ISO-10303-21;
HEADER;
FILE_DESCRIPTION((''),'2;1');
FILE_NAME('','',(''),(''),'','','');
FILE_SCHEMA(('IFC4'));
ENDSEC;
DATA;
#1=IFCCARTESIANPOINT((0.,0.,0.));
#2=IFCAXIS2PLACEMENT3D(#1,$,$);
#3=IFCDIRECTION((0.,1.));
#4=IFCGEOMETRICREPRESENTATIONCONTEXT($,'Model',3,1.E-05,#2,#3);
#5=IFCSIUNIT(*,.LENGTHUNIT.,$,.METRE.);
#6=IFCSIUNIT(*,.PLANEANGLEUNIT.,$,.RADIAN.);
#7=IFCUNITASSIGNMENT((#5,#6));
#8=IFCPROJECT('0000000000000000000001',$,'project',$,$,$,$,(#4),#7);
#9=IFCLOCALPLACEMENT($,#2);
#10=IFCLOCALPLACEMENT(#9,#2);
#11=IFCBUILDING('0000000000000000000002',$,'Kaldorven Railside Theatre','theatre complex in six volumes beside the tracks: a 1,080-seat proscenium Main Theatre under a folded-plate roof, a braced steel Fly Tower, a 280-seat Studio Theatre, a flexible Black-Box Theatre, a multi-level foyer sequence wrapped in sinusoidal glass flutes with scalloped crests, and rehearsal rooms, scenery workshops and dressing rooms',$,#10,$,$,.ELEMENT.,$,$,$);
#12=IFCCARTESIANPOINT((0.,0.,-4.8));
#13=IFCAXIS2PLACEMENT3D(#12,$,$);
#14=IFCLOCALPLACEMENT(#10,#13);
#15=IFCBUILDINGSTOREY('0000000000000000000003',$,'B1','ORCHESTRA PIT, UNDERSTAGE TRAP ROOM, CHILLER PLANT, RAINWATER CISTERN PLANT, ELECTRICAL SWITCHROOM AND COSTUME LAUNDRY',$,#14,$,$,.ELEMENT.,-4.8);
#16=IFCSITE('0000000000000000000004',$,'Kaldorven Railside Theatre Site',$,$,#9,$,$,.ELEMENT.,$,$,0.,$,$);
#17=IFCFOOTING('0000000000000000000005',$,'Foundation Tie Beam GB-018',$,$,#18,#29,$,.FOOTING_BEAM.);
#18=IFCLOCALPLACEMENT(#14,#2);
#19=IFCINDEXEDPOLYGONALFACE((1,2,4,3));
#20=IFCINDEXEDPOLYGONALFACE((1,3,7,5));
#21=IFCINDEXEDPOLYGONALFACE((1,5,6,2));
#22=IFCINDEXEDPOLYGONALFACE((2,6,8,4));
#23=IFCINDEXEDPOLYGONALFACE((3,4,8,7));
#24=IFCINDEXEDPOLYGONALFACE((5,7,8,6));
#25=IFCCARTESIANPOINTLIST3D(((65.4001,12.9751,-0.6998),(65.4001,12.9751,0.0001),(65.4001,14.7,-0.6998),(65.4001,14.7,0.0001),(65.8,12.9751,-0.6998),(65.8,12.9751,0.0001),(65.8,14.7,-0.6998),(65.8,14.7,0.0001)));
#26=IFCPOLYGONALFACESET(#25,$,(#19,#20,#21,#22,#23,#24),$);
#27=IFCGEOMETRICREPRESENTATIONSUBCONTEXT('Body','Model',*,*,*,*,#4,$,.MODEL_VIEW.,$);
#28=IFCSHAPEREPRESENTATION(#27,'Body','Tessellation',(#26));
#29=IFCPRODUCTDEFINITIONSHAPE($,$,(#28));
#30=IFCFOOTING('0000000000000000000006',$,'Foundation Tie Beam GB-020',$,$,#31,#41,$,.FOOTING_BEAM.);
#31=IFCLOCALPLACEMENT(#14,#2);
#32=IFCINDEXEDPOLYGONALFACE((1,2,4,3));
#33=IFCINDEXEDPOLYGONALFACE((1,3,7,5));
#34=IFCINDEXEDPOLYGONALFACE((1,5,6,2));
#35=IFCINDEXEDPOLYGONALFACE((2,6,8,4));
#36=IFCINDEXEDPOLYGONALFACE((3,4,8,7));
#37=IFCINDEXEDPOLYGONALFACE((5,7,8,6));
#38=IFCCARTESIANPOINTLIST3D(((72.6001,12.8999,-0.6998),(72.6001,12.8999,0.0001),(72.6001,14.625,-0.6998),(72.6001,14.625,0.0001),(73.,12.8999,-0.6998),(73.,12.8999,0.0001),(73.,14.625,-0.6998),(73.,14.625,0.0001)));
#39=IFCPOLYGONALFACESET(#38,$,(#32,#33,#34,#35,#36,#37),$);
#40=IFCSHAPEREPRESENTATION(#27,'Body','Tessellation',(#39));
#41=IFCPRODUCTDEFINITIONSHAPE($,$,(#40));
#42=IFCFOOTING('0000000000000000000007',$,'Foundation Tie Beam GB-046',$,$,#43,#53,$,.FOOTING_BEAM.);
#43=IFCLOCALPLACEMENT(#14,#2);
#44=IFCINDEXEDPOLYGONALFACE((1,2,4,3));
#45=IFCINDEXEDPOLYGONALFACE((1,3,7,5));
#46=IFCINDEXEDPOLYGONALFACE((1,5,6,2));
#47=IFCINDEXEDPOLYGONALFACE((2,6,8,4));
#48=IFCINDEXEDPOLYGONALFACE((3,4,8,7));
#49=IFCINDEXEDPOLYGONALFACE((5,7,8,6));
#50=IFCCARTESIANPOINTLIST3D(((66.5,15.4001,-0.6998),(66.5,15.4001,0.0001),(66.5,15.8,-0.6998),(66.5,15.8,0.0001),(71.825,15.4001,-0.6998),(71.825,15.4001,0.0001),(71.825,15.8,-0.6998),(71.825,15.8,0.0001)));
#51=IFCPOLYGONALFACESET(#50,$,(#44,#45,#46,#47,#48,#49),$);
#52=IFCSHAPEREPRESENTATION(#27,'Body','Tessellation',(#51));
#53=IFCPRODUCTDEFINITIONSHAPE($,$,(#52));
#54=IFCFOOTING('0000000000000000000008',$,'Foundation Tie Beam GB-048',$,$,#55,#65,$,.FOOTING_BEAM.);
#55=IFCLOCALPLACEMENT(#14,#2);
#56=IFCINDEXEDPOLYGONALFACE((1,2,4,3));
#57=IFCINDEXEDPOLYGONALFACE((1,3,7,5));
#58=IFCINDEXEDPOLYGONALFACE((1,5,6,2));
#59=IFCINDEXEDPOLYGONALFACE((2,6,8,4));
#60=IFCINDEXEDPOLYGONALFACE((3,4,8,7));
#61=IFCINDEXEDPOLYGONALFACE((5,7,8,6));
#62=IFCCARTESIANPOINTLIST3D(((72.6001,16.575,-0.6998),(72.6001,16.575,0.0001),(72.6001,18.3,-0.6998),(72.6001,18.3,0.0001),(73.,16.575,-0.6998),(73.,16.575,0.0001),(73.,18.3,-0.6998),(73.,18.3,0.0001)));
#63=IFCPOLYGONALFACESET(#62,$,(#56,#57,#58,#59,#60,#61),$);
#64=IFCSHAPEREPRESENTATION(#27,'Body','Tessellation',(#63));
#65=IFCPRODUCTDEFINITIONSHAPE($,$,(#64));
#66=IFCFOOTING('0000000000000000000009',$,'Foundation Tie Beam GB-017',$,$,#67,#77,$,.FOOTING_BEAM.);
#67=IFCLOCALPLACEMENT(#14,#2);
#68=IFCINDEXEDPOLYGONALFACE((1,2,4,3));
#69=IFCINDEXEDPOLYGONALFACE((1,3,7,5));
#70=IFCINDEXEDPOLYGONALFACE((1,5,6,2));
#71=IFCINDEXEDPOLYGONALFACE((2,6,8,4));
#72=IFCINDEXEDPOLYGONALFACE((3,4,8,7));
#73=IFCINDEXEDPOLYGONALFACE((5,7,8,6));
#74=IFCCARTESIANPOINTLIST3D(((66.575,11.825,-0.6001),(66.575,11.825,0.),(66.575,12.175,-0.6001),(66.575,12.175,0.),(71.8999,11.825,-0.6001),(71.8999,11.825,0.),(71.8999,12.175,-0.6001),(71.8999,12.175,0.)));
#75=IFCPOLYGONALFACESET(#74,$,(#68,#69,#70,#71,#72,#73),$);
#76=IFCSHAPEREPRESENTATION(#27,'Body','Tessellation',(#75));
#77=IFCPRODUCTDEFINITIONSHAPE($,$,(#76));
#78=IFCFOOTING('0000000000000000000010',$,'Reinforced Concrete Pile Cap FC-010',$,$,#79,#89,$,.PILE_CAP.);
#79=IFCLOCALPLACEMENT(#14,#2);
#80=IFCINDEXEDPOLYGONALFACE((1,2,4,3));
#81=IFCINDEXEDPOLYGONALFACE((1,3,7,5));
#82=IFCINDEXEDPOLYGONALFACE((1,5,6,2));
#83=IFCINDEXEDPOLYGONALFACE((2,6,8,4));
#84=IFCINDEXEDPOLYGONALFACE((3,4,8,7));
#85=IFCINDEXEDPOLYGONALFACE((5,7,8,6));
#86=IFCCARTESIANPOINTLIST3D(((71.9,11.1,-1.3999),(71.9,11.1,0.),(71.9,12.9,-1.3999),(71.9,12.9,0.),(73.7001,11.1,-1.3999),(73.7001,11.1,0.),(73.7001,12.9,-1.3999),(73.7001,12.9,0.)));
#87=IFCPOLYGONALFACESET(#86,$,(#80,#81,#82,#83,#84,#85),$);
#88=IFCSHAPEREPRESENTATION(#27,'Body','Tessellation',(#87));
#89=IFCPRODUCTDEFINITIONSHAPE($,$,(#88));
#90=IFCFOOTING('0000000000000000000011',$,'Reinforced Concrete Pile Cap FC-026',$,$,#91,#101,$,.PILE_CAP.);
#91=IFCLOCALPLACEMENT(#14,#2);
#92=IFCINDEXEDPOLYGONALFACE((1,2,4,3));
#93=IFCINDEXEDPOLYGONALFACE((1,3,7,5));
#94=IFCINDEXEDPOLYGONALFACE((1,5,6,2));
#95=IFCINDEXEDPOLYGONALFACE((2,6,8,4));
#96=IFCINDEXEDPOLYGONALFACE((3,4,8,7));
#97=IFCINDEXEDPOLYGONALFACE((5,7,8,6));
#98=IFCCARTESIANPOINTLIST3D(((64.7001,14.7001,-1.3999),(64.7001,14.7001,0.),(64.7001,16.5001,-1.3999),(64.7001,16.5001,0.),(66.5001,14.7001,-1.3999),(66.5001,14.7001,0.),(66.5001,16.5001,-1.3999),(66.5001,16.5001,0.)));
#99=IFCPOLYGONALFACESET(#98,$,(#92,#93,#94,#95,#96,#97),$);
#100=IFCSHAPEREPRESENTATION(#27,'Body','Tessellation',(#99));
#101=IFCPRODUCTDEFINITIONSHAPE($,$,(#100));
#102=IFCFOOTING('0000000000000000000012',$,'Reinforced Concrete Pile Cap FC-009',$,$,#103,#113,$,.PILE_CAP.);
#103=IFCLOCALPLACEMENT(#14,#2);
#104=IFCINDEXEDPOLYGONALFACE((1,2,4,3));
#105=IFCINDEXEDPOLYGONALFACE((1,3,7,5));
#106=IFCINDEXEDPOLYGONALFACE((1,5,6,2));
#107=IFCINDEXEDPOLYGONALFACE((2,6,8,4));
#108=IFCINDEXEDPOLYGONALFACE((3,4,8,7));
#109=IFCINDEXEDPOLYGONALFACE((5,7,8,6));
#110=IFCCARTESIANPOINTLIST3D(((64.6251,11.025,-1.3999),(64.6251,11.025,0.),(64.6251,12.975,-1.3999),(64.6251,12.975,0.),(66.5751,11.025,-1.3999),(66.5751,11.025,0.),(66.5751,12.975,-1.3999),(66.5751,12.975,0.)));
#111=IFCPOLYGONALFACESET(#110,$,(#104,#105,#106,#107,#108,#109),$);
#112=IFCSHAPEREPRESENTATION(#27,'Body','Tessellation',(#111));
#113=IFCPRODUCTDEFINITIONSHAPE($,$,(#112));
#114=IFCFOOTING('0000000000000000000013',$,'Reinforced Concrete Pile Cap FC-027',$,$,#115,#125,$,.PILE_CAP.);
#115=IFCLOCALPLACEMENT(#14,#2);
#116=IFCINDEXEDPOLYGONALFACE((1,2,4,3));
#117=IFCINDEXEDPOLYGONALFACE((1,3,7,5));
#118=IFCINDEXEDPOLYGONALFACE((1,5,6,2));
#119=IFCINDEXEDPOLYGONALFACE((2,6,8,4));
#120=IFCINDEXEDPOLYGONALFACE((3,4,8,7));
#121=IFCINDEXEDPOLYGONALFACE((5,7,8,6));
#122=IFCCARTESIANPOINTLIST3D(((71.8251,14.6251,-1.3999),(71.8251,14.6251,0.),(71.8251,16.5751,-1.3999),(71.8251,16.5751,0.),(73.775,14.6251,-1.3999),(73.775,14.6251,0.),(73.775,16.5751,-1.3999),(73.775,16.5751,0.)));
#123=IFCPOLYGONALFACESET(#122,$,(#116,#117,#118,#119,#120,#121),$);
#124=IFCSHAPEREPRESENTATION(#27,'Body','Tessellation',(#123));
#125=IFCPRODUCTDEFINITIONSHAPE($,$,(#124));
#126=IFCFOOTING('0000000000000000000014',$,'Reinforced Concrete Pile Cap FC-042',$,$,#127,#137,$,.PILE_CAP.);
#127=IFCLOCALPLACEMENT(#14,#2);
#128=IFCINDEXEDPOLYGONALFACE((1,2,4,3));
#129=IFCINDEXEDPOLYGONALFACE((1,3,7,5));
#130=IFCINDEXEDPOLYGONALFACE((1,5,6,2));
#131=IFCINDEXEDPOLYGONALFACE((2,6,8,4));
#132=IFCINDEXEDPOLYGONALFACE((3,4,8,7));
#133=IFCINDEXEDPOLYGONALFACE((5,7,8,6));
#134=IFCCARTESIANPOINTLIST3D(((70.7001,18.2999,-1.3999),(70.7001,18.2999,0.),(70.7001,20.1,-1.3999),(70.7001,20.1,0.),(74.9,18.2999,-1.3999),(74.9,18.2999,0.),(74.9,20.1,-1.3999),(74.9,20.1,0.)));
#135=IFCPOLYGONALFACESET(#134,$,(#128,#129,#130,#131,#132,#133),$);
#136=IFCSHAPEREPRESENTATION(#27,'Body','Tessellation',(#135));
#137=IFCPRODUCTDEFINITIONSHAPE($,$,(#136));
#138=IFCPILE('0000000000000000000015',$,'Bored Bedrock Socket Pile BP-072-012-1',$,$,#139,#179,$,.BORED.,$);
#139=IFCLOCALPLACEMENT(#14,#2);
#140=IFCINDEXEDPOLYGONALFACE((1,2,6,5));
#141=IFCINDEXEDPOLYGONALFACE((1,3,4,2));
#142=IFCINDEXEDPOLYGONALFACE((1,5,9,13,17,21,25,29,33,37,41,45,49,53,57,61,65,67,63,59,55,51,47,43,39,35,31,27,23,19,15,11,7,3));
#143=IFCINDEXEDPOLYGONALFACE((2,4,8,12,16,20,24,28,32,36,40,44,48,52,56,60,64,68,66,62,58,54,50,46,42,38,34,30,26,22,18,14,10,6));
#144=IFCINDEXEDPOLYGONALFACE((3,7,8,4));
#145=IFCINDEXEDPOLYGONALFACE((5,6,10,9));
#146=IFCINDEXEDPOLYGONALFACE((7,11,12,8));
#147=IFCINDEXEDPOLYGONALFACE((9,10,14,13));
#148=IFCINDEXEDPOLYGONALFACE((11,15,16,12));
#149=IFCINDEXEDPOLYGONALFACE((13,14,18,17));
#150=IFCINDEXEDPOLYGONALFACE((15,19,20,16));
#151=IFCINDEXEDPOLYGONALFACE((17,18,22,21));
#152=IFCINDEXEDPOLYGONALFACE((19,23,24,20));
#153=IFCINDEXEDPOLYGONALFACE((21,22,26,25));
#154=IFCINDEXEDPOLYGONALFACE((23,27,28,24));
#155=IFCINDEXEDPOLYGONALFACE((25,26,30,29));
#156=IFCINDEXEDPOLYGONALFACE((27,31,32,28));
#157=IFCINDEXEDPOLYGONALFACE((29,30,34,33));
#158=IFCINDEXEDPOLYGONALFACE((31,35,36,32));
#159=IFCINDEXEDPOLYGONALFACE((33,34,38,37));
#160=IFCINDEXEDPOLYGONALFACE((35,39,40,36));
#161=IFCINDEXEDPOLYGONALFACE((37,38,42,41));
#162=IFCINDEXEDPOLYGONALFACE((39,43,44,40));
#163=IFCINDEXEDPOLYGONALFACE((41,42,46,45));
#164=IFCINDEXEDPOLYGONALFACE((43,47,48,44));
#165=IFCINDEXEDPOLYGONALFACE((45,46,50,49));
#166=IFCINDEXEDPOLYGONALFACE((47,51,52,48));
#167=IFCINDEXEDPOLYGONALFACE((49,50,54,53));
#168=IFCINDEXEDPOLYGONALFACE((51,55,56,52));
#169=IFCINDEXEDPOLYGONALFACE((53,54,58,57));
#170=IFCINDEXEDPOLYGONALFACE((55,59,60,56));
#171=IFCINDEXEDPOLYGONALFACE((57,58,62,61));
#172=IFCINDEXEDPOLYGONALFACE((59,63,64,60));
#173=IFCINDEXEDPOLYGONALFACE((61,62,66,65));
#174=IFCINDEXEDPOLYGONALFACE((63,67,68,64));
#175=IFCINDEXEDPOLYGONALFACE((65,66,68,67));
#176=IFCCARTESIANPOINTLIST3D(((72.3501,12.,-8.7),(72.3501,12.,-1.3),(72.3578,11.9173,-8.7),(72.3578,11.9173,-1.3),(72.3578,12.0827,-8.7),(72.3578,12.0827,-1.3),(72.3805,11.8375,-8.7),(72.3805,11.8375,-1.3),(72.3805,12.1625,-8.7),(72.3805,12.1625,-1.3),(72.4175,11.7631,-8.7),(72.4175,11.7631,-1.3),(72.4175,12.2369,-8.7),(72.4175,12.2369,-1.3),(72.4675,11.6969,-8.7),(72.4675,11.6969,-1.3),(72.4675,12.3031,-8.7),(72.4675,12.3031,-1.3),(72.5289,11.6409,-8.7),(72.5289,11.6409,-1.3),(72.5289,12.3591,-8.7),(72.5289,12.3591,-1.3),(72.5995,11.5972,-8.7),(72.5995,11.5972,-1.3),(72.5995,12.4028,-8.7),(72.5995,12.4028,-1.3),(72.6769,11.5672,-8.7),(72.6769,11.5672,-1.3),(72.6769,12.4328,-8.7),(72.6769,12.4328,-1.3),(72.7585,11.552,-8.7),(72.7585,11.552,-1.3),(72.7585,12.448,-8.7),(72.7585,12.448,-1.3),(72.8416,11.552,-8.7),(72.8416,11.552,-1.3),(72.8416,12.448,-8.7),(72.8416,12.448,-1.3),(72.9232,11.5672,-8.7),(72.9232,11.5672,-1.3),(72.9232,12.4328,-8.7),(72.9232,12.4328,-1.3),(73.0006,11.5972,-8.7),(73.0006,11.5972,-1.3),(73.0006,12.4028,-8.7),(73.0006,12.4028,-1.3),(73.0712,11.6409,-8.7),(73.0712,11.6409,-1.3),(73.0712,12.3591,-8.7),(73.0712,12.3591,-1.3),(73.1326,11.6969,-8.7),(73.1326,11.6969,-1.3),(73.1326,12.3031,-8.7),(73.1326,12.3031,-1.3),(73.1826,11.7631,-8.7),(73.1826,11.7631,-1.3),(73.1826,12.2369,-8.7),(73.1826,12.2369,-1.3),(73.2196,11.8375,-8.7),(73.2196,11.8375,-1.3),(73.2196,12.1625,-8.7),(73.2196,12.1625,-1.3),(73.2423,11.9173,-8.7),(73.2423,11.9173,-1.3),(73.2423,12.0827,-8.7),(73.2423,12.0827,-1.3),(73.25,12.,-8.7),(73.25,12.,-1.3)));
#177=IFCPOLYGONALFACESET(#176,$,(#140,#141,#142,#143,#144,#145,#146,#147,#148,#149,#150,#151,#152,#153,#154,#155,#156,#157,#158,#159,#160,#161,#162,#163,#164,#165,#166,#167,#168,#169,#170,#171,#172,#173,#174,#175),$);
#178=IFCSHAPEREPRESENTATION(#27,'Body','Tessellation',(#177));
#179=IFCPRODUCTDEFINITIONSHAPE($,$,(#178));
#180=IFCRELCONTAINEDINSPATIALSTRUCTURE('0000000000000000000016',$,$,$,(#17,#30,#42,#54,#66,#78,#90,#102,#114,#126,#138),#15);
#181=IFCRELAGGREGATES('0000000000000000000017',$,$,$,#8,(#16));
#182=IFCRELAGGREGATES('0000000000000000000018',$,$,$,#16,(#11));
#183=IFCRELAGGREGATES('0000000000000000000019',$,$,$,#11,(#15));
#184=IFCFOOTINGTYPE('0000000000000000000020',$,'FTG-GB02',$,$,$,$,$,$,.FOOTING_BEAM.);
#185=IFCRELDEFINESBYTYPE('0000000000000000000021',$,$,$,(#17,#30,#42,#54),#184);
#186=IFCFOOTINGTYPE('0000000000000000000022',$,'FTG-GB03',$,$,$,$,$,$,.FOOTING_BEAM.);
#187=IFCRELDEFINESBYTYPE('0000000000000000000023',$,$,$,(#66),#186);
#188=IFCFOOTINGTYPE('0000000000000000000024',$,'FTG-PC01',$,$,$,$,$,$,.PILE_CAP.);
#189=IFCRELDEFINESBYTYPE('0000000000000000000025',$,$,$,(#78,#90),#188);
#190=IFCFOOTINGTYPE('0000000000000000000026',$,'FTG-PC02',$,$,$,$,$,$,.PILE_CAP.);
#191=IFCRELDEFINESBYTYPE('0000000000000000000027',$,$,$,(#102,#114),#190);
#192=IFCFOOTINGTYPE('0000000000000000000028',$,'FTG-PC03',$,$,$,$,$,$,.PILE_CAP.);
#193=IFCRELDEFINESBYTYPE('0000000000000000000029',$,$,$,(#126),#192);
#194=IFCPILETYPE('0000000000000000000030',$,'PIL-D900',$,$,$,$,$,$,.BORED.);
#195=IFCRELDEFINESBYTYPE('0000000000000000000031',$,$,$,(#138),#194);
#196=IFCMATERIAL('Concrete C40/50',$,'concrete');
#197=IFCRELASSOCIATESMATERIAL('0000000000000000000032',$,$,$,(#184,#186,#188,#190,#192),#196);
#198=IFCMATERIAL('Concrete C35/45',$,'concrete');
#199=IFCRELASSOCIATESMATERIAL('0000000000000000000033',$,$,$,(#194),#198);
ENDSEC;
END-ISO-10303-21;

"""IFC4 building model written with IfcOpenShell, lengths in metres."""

from ifc_helpers import new_model, si_unit, direction, frame, origin, origin_2d, place, context, subcontext, project, spatial, rectangle, circle, extrude, material, material_profile, profile_set, type_object, element, save


model = new_model("IFC4")

# Units and contexts
model_context = context("Model", 3, precision=1e-05, world=origin(), true_north=direction((0.0, 1.0)))
body_context = subcontext(model_context, "Body", "Model", "MODEL_VIEW")
ifc_project = project(units=[si_unit("LENGTHUNIT", "METRE"), si_unit("PLANEANGLEUNIT", "RADIAN")], contexts=[model_context])

# Site, building, storey
site_placement = place(None, origin())
site = spatial("IfcSite", under=ifc_project, at=site_placement, Name="Kaldorven Railside Theatre Site", CompositionType="ELEMENT", RefElevation=0.0)
building_placement = place(site_placement, origin())
building = spatial("IfcBuilding", under=site, at=building_placement, Name="Kaldorven Railside Theatre", Description="theatre complex in six volumes beside the tracks: a 1,080-seat proscenium Main Theatre under a folded-plate roof, a braced steel Fly Tower, a 280-seat Studio Theatre, a flexible Black-Box Theatre, a multi-level foyer sequence wrapped in sinusoidal glass flutes with scalloped crests, and rehearsal rooms, scenery workshops and dressing rooms", CompositionType="ELEMENT")
storey_placement = place(building_placement, frame((0.0, 0.0, -4.8)))
storey = spatial("IfcBuildingStorey", under=building, at=storey_placement, Name="B1", Description="ORCHESTRA PIT, UNDERSTAGE TRAP ROOM, CHILLER PLANT, RAINWATER CISTERN PLANT, ELECTRICAL SWITCHROOM AND COSTUME LAUNDRY", CompositionType="ELEMENT", Elevation=-4.8)

# Footings
ifc_material_1 = material(Name="Concrete C40/50", Category="concrete")
ifc_material_profile_1 = material_profile(ifc_material_1, rectangle(XDim=0.3999, YDim=0.7, at=origin_2d()), Name="RC 400x700")
ifc_profile_set_1 = profile_set([ifc_material_profile_1], Name="Concrete C40/50")
footing_type_1 = type_object("IfcFootingType", Name="FTG-GB02", PredefinedType="FOOTING_BEAM", material=ifc_profile_set_1)
footing_1_placement = place(storey_placement, frame((65.6001, 12.9751, -0.3499), z_axis=(0.0, 1.0, 0.0), x_axis=(-1.0, 0.0, 0.0)))
element("IfcFooting", 1, at=footing_1_placement, inside=storey, type_object=footing_type_1, Name="Foundation Tie Beam GB-018", PredefinedType="FOOTING_BEAM", context=body_context, shape_type="SweptSolid", body=[
    extrude(rectangle(XDim=0.3999, YDim=0.7, at=origin_2d()), origin(), (0.0, 0.0, 1.0), 1.7249),
])
footing_2_placement = place(storey_placement, frame((72.8, 12.8999, -0.3499), z_axis=(0.0, 1.0, 0.0), x_axis=(-1.0, 0.0, 0.0)))
element("IfcFooting", 2, at=footing_2_placement, inside=storey, type_object=footing_type_1, Name="Foundation Tie Beam GB-020", PredefinedType="FOOTING_BEAM", context=body_context, shape_type="SweptSolid", body=[
    extrude(rectangle(XDim=0.3999, YDim=0.7, at=origin_2d()), origin(), (0.0, 0.0, 1.0), 1.7251),
])
footing_3_placement = place(storey_placement, frame((66.5, 15.6001, -0.3499), z_axis=(1.0, 0.0, 0.0), x_axis=(0.0, 1.0, 0.0)))
element("IfcFooting", 3, at=footing_3_placement, inside=storey, type_object=footing_type_1, Name="Foundation Tie Beam GB-046", PredefinedType="FOOTING_BEAM", context=body_context, shape_type="SweptSolid", body=[
    extrude(rectangle(XDim=0.3999, YDim=0.7, at=origin_2d()), origin(), (0.0, 0.0, 1.0), 5.325),
])
footing_4_placement = place(storey_placement, frame((72.8, 16.575, -0.3499), z_axis=(0.0, 1.0, 0.0), x_axis=(-1.0, 0.0, 0.0)))
element("IfcFooting", 4, at=footing_4_placement, inside=storey, type_object=footing_type_1, Name="Foundation Tie Beam GB-048", PredefinedType="FOOTING_BEAM", context=body_context, shape_type="SweptSolid", body=[
    extrude(rectangle(XDim=0.3999, YDim=0.7, at=origin_2d()), origin(), (0.0, 0.0, 1.0), 1.7251),
])
ifc_material_profile_2 = material_profile(ifc_material_1, rectangle(XDim=0.3501, YDim=0.6001, at=origin_2d()), Name="RC 350x600")
ifc_profile_set_2 = profile_set([ifc_material_profile_2], Name="Concrete C40/50")
footing_type_2 = type_object("IfcFootingType", Name="FTG-GB03", PredefinedType="FOOTING_BEAM", material=ifc_profile_set_2)
footing_5_placement = place(storey_placement, frame((66.575, 12.0, -0.3), z_axis=(1.0, 0.0, 0.0), x_axis=(0.0, 1.0, 0.0)))
element("IfcFooting", 5, at=footing_5_placement, inside=storey, type_object=footing_type_2, Name="Foundation Tie Beam GB-017", PredefinedType="FOOTING_BEAM", context=body_context, shape_type="SweptSolid", body=[
    extrude(rectangle(XDim=0.3501, YDim=0.6001, at=origin_2d()), origin(), (0.0, 0.0, 1.0), 5.325),
])
footing_type_3 = type_object("IfcFootingType", Name="FTG-PC01", PredefinedType="PILE_CAP", material=ifc_material_1)
for number, where, z_axis, x_axis, name in (
    (6, (72.8, 12.0, -1.3999), (0.0, 0.0, 1.0), (1.0, 0.0, 0.0), "Reinforced Concrete Pile Cap FC-010"),
    (7, (65.6001, 15.6001, -1.3999), (0.0, 0.0, 1.0), (1.0, 0.0, 0.0), "Reinforced Concrete Pile Cap FC-026"),
):
    element("IfcFooting", number, at=place(storey_placement, frame(where, z_axis=z_axis, x_axis=x_axis)), inside=storey, type_object=footing_type_3, Name=name, PredefinedType="PILE_CAP", context=body_context, shape_type="SweptSolid", body=[
        extrude(rectangle(XDim=1.8, YDim=1.8, at=origin_2d()), origin(), (0.0, 0.0, 1.0), 1.3999),
    ])
footing_type_4 = type_object("IfcFootingType", Name="FTG-PC02", PredefinedType="PILE_CAP", material=ifc_material_1)
for number, where, z_axis, x_axis, name in (
    (8, (65.6001, 12.0, -1.3999), (0.0, 0.0, 1.0), (1.0, 0.0, 0.0), "Reinforced Concrete Pile Cap FC-009"),
    (9, (72.8, 15.6001, -1.3999), (0.0, 0.0, 1.0), (1.0, 0.0, 0.0), "Reinforced Concrete Pile Cap FC-027"),
):
    element("IfcFooting", number, at=place(storey_placement, frame(where, z_axis=z_axis, x_axis=x_axis)), inside=storey, type_object=footing_type_4, Name=name, PredefinedType="PILE_CAP", context=body_context, shape_type="SweptSolid", body=[
        extrude(rectangle(XDim=1.95, YDim=1.95, at=origin_2d()), origin(), (0.0, 0.0, 1.0), 1.3999),
    ])
footing_type_5 = type_object("IfcFootingType", Name="FTG-PC03", PredefinedType="PILE_CAP", material=ifc_material_1)
footing_6_placement = place(storey_placement, frame((72.8, 19.2, -1.3999), z_axis=(0.0, 0.0, 1.0), x_axis=(1.0, 0.0, 0.0)))
element("IfcFooting", 10, at=footing_6_placement, inside=storey, type_object=footing_type_5, Name="Reinforced Concrete Pile Cap FC-042", PredefinedType="PILE_CAP", context=body_context, shape_type="SweptSolid", body=[
    extrude(rectangle(XDim=4.2, YDim=1.8, at=origin_2d()), origin(), (0.0, 0.0, 1.0), 1.3999),
])

# Pile
ifc_material_2 = material(Name="Concrete C35/45", Category="concrete")
ifc_material_profile_3 = material_profile(ifc_material_2, circle(Radius=0.45, at=origin_2d()), Name="BP D900")
ifc_profile_set_3 = profile_set([ifc_material_profile_3], Name="Concrete C35/45")
pile_type_1 = type_object("IfcPileType", Name="PIL-D900", PredefinedType="BORED", material=ifc_profile_set_3)
for number, where, z_axis, x_axis, name in (
    (11, (72.8, 12.0, -1.3), (0.0, 0.0, -1.0), (1.0, 0.0, 0.0), "Bored Bedrock Socket Pile BP-072-012-1"),
):
    element("IfcPile", number, at=place(storey_placement, frame(where, z_axis=z_axis, x_axis=x_axis)), inside=storey, type_object=pile_type_1, Name=name, PredefinedType="BORED", context=body_context, shape_type="SweptSolid", body=[
        extrude(circle(Radius=0.45, at=origin_2d()), origin(), (0.0, 0.0, 1.0), 7.3999),
    ])

save(model, "model.ifc")
